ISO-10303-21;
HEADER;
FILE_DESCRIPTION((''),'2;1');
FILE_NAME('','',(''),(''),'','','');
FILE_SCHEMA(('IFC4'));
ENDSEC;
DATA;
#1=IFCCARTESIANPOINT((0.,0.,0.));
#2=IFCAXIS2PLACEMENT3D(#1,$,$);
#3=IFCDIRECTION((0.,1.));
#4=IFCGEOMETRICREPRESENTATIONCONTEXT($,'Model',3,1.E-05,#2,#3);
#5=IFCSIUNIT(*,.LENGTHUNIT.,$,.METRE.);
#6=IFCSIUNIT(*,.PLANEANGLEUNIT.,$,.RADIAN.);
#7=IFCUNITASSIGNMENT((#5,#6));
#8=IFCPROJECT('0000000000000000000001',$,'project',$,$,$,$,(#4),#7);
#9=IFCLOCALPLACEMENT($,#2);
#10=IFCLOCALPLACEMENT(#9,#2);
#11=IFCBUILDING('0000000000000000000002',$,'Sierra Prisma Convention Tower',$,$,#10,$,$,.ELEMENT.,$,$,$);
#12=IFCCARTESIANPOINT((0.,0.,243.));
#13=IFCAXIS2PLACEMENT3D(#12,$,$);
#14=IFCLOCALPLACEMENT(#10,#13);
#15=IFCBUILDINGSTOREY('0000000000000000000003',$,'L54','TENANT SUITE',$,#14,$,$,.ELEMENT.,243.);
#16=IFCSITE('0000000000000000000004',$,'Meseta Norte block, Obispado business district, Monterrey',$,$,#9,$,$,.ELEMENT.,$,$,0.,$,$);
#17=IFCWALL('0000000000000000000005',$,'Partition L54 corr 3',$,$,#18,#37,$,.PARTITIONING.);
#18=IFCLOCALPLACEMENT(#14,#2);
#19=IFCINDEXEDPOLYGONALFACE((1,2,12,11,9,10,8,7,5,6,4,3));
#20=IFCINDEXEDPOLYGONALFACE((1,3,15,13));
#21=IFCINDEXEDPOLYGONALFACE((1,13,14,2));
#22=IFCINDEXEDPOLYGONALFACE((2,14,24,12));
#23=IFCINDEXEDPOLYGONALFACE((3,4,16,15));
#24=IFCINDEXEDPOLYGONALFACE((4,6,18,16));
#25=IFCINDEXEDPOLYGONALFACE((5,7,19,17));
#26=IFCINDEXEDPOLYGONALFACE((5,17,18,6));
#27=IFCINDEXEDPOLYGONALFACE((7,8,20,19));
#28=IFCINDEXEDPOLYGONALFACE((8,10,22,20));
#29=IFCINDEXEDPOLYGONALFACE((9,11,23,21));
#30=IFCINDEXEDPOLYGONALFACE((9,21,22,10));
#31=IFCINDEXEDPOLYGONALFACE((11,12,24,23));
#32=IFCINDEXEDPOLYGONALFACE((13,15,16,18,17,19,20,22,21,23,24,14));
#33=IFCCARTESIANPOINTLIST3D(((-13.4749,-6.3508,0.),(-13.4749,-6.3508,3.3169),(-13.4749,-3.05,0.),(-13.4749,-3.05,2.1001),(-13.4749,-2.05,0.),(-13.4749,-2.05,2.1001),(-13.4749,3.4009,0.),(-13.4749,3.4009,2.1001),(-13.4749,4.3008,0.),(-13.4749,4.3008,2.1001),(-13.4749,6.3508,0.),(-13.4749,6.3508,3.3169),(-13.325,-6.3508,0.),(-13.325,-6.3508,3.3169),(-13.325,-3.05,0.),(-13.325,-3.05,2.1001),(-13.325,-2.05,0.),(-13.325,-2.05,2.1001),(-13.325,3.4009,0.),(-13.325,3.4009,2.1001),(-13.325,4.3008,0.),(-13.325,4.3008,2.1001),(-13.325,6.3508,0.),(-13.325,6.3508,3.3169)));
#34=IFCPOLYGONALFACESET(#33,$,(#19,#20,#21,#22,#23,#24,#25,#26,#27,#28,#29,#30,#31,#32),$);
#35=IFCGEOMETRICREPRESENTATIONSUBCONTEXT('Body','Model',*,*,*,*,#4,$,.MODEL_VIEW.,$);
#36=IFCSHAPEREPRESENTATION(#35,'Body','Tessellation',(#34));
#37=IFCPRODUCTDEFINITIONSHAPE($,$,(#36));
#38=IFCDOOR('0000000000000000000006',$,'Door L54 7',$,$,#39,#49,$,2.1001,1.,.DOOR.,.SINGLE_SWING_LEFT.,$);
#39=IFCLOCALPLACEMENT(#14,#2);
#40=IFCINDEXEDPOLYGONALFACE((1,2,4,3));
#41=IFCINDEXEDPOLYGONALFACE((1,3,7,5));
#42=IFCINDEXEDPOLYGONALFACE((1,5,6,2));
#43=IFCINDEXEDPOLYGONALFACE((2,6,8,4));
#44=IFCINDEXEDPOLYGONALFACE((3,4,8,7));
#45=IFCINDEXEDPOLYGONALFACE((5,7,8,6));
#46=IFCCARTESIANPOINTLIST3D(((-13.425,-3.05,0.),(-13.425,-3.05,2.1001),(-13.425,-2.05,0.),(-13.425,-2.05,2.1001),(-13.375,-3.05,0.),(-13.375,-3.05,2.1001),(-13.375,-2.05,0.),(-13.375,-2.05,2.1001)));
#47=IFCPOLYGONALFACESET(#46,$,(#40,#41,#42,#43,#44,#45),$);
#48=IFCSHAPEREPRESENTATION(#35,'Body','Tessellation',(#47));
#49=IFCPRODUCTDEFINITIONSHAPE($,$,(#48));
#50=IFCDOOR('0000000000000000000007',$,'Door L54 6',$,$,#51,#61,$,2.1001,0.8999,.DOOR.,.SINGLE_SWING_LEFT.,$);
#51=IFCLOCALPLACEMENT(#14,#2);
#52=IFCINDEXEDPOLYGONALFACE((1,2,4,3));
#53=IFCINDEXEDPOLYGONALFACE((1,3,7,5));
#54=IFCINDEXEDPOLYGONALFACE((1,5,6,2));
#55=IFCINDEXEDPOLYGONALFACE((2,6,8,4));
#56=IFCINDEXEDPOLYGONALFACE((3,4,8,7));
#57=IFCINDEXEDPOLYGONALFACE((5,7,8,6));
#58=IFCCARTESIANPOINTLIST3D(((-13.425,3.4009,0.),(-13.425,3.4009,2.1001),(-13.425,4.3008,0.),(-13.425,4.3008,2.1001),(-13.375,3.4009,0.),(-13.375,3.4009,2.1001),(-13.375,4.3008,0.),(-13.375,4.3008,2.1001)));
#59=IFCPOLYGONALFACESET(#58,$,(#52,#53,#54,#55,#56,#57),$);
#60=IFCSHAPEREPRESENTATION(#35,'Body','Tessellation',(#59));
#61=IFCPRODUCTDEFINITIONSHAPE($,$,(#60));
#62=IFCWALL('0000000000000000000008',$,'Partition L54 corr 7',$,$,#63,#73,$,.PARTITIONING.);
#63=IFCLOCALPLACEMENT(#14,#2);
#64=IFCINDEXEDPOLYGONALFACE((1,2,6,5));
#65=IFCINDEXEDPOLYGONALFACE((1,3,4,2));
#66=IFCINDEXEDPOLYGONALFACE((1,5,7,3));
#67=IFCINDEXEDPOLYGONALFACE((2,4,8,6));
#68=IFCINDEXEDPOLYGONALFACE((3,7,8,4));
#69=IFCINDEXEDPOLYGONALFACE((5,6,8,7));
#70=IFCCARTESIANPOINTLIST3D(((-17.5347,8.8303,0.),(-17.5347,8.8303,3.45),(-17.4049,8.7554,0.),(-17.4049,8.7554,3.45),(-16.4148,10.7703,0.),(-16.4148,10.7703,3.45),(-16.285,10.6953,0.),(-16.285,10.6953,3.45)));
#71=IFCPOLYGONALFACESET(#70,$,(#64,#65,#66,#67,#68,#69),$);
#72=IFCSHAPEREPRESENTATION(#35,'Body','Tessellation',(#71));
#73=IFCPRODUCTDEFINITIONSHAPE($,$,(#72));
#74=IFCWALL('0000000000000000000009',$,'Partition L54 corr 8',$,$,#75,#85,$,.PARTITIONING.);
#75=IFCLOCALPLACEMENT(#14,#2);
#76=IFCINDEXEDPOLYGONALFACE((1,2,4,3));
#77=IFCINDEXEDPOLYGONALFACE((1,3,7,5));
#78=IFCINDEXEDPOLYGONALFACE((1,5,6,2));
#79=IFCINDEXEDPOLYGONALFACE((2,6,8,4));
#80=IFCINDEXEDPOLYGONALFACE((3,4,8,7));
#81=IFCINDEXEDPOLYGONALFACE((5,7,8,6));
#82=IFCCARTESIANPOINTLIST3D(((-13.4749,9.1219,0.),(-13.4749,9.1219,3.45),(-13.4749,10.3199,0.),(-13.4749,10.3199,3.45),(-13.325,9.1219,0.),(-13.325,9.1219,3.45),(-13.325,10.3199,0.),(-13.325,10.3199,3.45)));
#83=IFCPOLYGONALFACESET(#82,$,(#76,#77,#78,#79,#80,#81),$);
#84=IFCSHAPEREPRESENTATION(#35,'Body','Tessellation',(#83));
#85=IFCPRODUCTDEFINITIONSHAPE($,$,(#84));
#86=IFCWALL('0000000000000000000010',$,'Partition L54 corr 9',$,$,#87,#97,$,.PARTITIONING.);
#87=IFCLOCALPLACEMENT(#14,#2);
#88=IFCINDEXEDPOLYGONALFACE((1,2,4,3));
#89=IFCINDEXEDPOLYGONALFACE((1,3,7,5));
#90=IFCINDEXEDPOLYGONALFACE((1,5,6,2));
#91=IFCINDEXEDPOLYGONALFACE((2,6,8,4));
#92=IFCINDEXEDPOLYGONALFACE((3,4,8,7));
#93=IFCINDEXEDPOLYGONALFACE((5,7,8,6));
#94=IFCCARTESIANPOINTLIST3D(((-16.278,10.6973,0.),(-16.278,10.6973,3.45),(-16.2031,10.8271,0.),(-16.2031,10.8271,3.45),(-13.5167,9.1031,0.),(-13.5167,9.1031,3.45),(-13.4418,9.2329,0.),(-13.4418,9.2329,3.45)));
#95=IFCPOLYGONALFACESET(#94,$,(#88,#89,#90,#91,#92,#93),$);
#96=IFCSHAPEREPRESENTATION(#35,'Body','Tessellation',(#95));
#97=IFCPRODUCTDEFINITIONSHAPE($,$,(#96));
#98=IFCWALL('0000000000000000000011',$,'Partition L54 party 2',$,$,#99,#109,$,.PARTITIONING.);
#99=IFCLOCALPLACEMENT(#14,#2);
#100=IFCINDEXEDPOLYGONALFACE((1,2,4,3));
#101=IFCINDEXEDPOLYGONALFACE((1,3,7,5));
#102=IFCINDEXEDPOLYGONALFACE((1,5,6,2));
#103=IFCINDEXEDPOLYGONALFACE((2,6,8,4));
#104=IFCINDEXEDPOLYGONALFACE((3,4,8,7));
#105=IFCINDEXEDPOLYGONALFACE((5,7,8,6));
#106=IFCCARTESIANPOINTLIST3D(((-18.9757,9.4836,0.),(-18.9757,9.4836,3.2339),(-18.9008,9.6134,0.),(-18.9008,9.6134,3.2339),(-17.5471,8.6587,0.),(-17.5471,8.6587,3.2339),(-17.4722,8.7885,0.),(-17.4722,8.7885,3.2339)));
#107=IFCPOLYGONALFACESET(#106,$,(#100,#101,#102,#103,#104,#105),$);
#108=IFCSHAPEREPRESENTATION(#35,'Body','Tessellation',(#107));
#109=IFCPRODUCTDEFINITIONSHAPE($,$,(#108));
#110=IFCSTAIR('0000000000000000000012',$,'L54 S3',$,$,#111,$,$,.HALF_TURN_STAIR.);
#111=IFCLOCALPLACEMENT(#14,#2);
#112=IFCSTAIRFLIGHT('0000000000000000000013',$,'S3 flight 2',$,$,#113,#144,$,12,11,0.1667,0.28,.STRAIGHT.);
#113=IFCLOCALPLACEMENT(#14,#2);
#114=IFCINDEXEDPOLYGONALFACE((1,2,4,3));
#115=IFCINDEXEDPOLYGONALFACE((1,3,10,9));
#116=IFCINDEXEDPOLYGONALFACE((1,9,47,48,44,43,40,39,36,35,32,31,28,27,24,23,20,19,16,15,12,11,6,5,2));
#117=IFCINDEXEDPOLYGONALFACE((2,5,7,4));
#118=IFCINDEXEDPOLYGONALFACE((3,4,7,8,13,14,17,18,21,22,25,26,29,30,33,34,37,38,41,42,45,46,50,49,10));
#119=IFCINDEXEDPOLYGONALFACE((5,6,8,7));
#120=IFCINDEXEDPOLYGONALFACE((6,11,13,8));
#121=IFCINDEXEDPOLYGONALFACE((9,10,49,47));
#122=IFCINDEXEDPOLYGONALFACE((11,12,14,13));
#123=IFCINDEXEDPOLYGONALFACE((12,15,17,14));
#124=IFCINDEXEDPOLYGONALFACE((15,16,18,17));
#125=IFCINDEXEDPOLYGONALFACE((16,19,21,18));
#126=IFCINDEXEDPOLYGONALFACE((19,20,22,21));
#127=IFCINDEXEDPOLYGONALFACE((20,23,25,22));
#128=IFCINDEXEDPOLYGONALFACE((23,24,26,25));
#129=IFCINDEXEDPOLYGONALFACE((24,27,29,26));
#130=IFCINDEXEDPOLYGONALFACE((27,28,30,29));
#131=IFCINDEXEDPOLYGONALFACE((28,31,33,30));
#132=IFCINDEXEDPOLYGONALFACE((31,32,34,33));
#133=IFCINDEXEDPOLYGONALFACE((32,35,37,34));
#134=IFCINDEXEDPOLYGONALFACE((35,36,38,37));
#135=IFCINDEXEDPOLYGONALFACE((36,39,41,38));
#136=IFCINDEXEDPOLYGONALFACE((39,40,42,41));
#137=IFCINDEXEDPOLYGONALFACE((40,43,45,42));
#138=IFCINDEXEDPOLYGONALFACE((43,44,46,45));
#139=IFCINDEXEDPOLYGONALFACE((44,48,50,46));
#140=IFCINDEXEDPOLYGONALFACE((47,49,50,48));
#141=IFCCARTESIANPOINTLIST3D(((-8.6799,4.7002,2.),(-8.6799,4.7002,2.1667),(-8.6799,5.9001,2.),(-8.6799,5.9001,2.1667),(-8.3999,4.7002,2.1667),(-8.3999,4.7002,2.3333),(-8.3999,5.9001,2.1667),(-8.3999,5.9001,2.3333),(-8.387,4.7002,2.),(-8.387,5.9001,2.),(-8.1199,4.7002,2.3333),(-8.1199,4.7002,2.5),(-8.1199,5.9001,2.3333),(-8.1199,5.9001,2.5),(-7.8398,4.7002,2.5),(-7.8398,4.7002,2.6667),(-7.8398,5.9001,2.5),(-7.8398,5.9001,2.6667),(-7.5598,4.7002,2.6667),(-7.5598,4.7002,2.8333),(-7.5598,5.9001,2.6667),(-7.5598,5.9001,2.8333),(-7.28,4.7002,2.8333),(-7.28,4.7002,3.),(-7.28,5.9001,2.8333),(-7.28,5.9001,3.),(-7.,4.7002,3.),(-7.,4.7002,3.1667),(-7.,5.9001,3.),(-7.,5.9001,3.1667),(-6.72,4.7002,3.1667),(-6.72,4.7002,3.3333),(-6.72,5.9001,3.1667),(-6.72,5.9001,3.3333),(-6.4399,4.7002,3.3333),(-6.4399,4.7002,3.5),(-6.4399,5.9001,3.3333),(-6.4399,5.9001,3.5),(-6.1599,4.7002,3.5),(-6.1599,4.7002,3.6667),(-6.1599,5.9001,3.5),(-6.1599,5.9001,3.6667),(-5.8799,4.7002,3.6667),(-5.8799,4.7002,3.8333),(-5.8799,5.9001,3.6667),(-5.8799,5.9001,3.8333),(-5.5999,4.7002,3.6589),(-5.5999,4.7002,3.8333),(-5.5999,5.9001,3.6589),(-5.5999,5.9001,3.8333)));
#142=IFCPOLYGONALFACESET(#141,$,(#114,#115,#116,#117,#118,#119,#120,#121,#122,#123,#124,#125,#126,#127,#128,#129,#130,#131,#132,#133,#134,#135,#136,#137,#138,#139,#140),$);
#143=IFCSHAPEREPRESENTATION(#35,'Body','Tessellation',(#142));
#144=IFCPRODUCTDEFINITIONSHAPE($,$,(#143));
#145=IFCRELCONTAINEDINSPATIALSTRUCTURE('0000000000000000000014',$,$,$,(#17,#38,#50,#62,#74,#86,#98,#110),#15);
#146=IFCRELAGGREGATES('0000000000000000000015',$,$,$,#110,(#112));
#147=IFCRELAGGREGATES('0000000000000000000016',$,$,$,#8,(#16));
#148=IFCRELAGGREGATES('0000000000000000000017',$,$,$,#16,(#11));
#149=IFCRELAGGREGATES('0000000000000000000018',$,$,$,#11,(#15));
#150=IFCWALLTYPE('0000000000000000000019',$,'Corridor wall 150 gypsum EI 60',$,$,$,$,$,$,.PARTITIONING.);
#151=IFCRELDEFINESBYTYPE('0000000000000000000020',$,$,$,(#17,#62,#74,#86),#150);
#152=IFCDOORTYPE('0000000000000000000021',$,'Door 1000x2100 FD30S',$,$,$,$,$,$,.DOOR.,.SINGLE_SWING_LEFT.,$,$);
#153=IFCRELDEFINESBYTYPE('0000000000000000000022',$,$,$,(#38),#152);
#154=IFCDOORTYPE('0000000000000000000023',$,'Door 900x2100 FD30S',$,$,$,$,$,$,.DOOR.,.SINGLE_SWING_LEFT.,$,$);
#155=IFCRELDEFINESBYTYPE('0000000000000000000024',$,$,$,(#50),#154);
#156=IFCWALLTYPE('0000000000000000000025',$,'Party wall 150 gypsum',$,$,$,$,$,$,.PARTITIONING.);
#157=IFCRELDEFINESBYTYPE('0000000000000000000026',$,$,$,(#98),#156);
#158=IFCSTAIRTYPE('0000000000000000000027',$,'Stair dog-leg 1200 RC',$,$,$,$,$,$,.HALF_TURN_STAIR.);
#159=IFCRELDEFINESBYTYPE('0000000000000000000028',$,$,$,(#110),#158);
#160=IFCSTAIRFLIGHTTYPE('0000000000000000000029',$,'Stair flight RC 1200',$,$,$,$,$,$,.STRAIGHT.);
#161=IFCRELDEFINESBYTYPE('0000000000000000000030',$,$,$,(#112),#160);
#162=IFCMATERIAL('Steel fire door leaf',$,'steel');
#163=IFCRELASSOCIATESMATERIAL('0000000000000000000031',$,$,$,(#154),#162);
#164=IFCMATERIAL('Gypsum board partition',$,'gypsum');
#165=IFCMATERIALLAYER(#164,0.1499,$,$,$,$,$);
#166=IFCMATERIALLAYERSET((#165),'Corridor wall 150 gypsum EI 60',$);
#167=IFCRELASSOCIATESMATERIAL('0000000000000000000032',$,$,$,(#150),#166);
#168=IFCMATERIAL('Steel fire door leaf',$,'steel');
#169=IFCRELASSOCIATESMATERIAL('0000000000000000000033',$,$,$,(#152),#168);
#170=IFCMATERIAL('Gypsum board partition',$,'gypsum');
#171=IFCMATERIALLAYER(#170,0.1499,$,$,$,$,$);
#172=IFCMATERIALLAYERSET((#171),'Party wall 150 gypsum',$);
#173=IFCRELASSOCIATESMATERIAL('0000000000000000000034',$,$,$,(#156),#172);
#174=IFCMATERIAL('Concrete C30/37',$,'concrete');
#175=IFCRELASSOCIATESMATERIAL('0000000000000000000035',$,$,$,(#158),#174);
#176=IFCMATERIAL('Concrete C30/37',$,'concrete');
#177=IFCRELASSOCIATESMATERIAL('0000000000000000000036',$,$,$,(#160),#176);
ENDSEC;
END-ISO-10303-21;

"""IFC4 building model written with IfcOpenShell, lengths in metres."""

from ifc_helpers import new_model, si_unit, direction, frame, frame_2d, origin, place, context, subcontext, project, spatial, polyline, rectangle, outline, extrude, material, layer, layer_set, type_object, element, fill, aggregate, save


model = new_model("IFC4")

# Units and contexts
model_context = context("Model", 3, precision=1e-05, world=origin(), true_north=direction((0.0, 1.0)))
body_context = subcontext(model_context, "Body", "Model", "MODEL_VIEW")
ifc_project = project(units=[si_unit("LENGTHUNIT", "METRE"), si_unit("PLANEANGLEUNIT", "RADIAN")], contexts=[model_context])

# Site, building, storey
site_placement = place(None, origin())
site = spatial("IfcSite", under=ifc_project, at=site_placement, Name="Meseta Norte block, Obispado business district, Monterrey", CompositionType="ELEMENT", RefElevation=0.0)
building_placement = place(site_placement, origin())
building = spatial("IfcBuilding", under=site, at=building_placement, Name="Sierra Prisma Convention Tower", CompositionType="ELEMENT")
storey_placement = place(building_placement, frame((0.0, 0.0, 243.0)))
storey = spatial("IfcBuildingStorey", under=building, at=storey_placement, Name="L54", Description="TENANT SUITE", CompositionType="ELEMENT", Elevation=243.0)

# Shared definitions
ifc_material_1 = material(Name="Steel fire door leaf", Category="steel")
door_type_1 = type_object("IfcDoorType", Name="Door 900x2100 FD30S", OperationType="SINGLE_SWING_LEFT", PredefinedType="DOOR", material=ifc_material_1)

# Shared definitions
ifc_material_2 = material(Name="Gypsum board partition", Category="gypsum")
ifc_layer_1 = layer(ifc_material_2, 0.1499)
ifc_layer_set_1 = layer_set([ifc_layer_1], Name="Corridor wall 150 gypsum EI 60")
wall_type_1 = type_object("IfcWallType", Name="Corridor wall 150 gypsum EI 60", PredefinedType="PARTITIONING", material=ifc_layer_set_1)

# Wall, openings, doors
wall_1_placement = place(storey_placement, frame((-13.3999, 6.3508, 0.0), z_axis=(0.0, 0.0, 1.0), x_axis=(0.0, -1.0, 0.0)))
wall_1 = element("IfcWall", 1, at=wall_1_placement, inside=storey, type_object=wall_type_1, Name="Partition L54 corr 3", PredefinedType="PARTITIONING", context=body_context, shape_type="SweptSolid", body=[
    extrude(rectangle(XDim=12.7017, YDim=0.1499, at=frame_2d((6.3508, 0.0))), origin(), (0.0, 0.0, 1.0), 3.3169),
])
opening_1_placement = place(wall_1_placement, frame((2.05, 0.0, 0.0)))
opening_1 = element("IfcOpeningElement", 2, at=opening_1_placement, cuts=wall_1, PredefinedType="OPENING", context=body_context, shape_type="SweptSolid", body=[
    extrude(rectangle(XDim=0.8999, YDim=2.1001, at=frame_2d((0.45, 1.05))), frame((0.0, 0.075, 0.0), z_axis=(0.0, -1.0, 0.0), x_axis=(1.0, 0.0, 0.0)), (0.0, 0.0, 1.0), 0.1499),
])
opening_2_placement = place(wall_1_placement, frame((8.4009, 0.0, 0.0)))
opening_2 = element("IfcOpeningElement", 3, at=opening_2_placement, cuts=wall_1, PredefinedType="OPENING", context=body_context, shape_type="SweptSolid", body=[
    extrude(rectangle(XDim=1.0, YDim=2.1001, at=frame_2d((0.5, 1.05))), frame((0.0, 0.075, 0.0), z_axis=(0.0, -1.0, 0.0), x_axis=(1.0, 0.0, 0.0)), (0.0, 0.0, 1.0), 0.1499),
])
ifc_material_3 = material(Name="Steel fire door leaf", Category="steel")
door_type_2 = type_object("IfcDoorType", Name="Door 1000x2100 FD30S", OperationType="SINGLE_SWING_LEFT", PredefinedType="DOOR", material=ifc_material_3)
door_1_placement = place(opening_2_placement, origin())
door_1 = element("IfcDoor", 4, at=door_1_placement, inside=storey, type_object=door_type_2, Name="Door L54 7", OperationType="SINGLE_SWING_LEFT", OverallHeight=2.1001, OverallWidth=1.0, PredefinedType="DOOR", context=body_context, shape_type="SweptSolid", body=[
    extrude(rectangle(XDim=1.0, YDim=2.1001, at=frame_2d((0.5, 1.05))), frame((0.0, 0.0249, 0.0), z_axis=(0.0, -1.0, 0.0), x_axis=(1.0, 0.0, 0.0)), (0.0, 0.0, 1.0), 0.05),
])
fill(opening_2, door_1)
door_2_placement = place(opening_1_placement, origin())
door_2 = element("IfcDoor", 5, at=door_2_placement, inside=storey, type_object=door_type_1, Name="Door L54 6", OperationType="SINGLE_SWING_LEFT", OverallHeight=2.1001, OverallWidth=0.8999, PredefinedType="DOOR", context=body_context, shape_type="SweptSolid", body=[
    extrude(rectangle(XDim=0.8999, YDim=2.1001, at=frame_2d((0.45, 1.05))), frame((0.0, 0.0249, 0.0), z_axis=(0.0, -1.0, 0.0), x_axis=(1.0, 0.0, 0.0)), (0.0, 0.0, 1.0), 0.05),
])
fill(opening_1, door_2)

# Walls
wall_2_placement = place(storey_placement, frame((-16.3499, 10.7329, 0.0), z_axis=(0.0, 0.0, 1.0), x_axis=(-0.499949, -0.866055, 0.0)))
element("IfcWall", 6, at=wall_2_placement, inside=storey, type_object=wall_type_1, Name="Partition L54 corr 7", PredefinedType="PARTITIONING", context=body_context, shape_type="SweptSolid", body=[
    extrude(rectangle(XDim=2.24, YDim=0.1499, at=frame_2d((1.1201, 0.0))), origin(), (0.0, 0.0, 1.0), 3.45),
])
wall_3_placement = place(storey_placement, frame((-13.3999, 10.3201, 0.0), z_axis=(0.0, 0.0, 1.0), x_axis=(0.0, -1.0, 0.0)))
element("IfcWall", 7, at=wall_3_placement, inside=storey, type_object=wall_type_1, Name="Partition L54 corr 8", PredefinedType="PARTITIONING", context=body_context, shape_type="SweptSolid", body=[
    extrude(rectangle(XDim=1.198, YDim=0.1499, at=frame_2d((0.5991, 0.0))), origin(), (0.0, 0.0, 1.0), 3.45),
])
wall_4_placement = place(storey_placement, frame((-13.4792, 9.168, 0.0), z_axis=(0.0, 0.0, 1.0), x_axis=(-0.86602, 0.50001, 0.0)))
element("IfcWall", 8, at=wall_4_placement, inside=storey, type_object=wall_type_1, Name="Partition L54 corr 9", PredefinedType="PARTITIONING", context=body_context, shape_type="SweptSolid", body=[
    extrude(rectangle(XDim=3.1885, YDim=0.1499, at=frame_2d((1.5942, 0.0))), origin(), (0.0, 0.0, 1.0), 3.45),
])
ifc_material_4 = material(Name="Gypsum board partition", Category="gypsum")
ifc_layer_2 = layer(ifc_material_4, 0.1499)
ifc_layer_set_2 = layer_set([ifc_layer_2], Name="Party wall 150 gypsum")
wall_type_2 = type_object("IfcWallType", Name="Party wall 150 gypsum", PredefinedType="PARTITIONING", material=ifc_layer_set_2)
wall_5_placement = place(storey_placement, frame((-17.5098, 8.7236, 0.0), z_axis=(0.0, 0.0, 1.0), x_axis=(-0.866003, 0.500038, 0.0)))
element("IfcWall", 9, at=wall_5_placement, inside=storey, type_object=wall_type_2, Name="Partition L54 party 2", PredefinedType="PARTITIONING", context=body_context, shape_type="SweptSolid", body=[
    extrude(rectangle(XDim=1.6497, YDim=0.1499, at=frame_2d((0.8247, 0.0))), origin(), (0.0, 0.0, 1.0), 3.2339),
])

# Stair, stair flight
ifc_material_5 = material(Name="Concrete C30/37", Category="concrete")
stair_type = type_object("IfcStairType", Name="Stair dog-leg 1200 RC", PredefinedType="HALF_TURN_STAIR", material=ifc_material_5)
stair_placement = place(storey_placement, origin())
stair = element("IfcStair", 10, at=stair_placement, inside=storey, type_object=stair_type, Name="L54 S3", PredefinedType="HALF_TURN_STAIR")
ifc_material_6 = material(Name="Concrete C30/37", Category="concrete")
stair_flight_type = type_object("IfcStairFlightType", Name="Stair flight RC 1200", PredefinedType="STRAIGHT", material=ifc_material_6)
stair_flight_placement = place(storey_placement, frame((-8.6799, 5.3, 2.0), z_axis=(0.0, 0.0, 1.0), x_axis=(1.0, 0.0, 0.0)))
stair_flight = element("IfcStairFlight", 11, at=stair_flight_placement, type_object=stair_flight_type, Name="S3 flight 2", NumberOfRisers=12, NumberOfTreads=11, PredefinedType="STRAIGHT", RiserHeight=0.1667, TreadLength=0.28, context=body_context, shape_type="SweptSolid", body=[
    extrude(outline(polyline([(0.0, 0.0), (0.0, 0.1667), (0.28, 0.1667), (0.28, 0.3333), (0.5601, 0.3333), (0.5601, 0.5), (0.8401, 0.5), (0.8401, 0.6667), (1.1201, 0.6667), (1.1201, 0.8333), (1.3999, 0.8333), (1.3999, 1.0), (1.6799, 1.0), (1.6799, 1.1667), (1.96, 1.1667), (1.96, 1.3333), (2.24, 1.3333), (2.24, 1.5), (2.52, 1.5), (2.52, 1.6667), (2.8, 1.6667), (2.8, 1.8333), (3.0801, 1.8333), (3.0801, 2.0), (3.0801, 1.6589), (0.293, 0.0), (0.0, 0.0)])), frame((0.0, 0.6001, 0.0), z_axis=(0.0, -1.0, 0.0), x_axis=(1.0, 0.0, 0.0)), (0.0, 0.0, 1.0), 1.2),
])
aggregate(stair, [stair_flight])

save(model, "model.ifc")
